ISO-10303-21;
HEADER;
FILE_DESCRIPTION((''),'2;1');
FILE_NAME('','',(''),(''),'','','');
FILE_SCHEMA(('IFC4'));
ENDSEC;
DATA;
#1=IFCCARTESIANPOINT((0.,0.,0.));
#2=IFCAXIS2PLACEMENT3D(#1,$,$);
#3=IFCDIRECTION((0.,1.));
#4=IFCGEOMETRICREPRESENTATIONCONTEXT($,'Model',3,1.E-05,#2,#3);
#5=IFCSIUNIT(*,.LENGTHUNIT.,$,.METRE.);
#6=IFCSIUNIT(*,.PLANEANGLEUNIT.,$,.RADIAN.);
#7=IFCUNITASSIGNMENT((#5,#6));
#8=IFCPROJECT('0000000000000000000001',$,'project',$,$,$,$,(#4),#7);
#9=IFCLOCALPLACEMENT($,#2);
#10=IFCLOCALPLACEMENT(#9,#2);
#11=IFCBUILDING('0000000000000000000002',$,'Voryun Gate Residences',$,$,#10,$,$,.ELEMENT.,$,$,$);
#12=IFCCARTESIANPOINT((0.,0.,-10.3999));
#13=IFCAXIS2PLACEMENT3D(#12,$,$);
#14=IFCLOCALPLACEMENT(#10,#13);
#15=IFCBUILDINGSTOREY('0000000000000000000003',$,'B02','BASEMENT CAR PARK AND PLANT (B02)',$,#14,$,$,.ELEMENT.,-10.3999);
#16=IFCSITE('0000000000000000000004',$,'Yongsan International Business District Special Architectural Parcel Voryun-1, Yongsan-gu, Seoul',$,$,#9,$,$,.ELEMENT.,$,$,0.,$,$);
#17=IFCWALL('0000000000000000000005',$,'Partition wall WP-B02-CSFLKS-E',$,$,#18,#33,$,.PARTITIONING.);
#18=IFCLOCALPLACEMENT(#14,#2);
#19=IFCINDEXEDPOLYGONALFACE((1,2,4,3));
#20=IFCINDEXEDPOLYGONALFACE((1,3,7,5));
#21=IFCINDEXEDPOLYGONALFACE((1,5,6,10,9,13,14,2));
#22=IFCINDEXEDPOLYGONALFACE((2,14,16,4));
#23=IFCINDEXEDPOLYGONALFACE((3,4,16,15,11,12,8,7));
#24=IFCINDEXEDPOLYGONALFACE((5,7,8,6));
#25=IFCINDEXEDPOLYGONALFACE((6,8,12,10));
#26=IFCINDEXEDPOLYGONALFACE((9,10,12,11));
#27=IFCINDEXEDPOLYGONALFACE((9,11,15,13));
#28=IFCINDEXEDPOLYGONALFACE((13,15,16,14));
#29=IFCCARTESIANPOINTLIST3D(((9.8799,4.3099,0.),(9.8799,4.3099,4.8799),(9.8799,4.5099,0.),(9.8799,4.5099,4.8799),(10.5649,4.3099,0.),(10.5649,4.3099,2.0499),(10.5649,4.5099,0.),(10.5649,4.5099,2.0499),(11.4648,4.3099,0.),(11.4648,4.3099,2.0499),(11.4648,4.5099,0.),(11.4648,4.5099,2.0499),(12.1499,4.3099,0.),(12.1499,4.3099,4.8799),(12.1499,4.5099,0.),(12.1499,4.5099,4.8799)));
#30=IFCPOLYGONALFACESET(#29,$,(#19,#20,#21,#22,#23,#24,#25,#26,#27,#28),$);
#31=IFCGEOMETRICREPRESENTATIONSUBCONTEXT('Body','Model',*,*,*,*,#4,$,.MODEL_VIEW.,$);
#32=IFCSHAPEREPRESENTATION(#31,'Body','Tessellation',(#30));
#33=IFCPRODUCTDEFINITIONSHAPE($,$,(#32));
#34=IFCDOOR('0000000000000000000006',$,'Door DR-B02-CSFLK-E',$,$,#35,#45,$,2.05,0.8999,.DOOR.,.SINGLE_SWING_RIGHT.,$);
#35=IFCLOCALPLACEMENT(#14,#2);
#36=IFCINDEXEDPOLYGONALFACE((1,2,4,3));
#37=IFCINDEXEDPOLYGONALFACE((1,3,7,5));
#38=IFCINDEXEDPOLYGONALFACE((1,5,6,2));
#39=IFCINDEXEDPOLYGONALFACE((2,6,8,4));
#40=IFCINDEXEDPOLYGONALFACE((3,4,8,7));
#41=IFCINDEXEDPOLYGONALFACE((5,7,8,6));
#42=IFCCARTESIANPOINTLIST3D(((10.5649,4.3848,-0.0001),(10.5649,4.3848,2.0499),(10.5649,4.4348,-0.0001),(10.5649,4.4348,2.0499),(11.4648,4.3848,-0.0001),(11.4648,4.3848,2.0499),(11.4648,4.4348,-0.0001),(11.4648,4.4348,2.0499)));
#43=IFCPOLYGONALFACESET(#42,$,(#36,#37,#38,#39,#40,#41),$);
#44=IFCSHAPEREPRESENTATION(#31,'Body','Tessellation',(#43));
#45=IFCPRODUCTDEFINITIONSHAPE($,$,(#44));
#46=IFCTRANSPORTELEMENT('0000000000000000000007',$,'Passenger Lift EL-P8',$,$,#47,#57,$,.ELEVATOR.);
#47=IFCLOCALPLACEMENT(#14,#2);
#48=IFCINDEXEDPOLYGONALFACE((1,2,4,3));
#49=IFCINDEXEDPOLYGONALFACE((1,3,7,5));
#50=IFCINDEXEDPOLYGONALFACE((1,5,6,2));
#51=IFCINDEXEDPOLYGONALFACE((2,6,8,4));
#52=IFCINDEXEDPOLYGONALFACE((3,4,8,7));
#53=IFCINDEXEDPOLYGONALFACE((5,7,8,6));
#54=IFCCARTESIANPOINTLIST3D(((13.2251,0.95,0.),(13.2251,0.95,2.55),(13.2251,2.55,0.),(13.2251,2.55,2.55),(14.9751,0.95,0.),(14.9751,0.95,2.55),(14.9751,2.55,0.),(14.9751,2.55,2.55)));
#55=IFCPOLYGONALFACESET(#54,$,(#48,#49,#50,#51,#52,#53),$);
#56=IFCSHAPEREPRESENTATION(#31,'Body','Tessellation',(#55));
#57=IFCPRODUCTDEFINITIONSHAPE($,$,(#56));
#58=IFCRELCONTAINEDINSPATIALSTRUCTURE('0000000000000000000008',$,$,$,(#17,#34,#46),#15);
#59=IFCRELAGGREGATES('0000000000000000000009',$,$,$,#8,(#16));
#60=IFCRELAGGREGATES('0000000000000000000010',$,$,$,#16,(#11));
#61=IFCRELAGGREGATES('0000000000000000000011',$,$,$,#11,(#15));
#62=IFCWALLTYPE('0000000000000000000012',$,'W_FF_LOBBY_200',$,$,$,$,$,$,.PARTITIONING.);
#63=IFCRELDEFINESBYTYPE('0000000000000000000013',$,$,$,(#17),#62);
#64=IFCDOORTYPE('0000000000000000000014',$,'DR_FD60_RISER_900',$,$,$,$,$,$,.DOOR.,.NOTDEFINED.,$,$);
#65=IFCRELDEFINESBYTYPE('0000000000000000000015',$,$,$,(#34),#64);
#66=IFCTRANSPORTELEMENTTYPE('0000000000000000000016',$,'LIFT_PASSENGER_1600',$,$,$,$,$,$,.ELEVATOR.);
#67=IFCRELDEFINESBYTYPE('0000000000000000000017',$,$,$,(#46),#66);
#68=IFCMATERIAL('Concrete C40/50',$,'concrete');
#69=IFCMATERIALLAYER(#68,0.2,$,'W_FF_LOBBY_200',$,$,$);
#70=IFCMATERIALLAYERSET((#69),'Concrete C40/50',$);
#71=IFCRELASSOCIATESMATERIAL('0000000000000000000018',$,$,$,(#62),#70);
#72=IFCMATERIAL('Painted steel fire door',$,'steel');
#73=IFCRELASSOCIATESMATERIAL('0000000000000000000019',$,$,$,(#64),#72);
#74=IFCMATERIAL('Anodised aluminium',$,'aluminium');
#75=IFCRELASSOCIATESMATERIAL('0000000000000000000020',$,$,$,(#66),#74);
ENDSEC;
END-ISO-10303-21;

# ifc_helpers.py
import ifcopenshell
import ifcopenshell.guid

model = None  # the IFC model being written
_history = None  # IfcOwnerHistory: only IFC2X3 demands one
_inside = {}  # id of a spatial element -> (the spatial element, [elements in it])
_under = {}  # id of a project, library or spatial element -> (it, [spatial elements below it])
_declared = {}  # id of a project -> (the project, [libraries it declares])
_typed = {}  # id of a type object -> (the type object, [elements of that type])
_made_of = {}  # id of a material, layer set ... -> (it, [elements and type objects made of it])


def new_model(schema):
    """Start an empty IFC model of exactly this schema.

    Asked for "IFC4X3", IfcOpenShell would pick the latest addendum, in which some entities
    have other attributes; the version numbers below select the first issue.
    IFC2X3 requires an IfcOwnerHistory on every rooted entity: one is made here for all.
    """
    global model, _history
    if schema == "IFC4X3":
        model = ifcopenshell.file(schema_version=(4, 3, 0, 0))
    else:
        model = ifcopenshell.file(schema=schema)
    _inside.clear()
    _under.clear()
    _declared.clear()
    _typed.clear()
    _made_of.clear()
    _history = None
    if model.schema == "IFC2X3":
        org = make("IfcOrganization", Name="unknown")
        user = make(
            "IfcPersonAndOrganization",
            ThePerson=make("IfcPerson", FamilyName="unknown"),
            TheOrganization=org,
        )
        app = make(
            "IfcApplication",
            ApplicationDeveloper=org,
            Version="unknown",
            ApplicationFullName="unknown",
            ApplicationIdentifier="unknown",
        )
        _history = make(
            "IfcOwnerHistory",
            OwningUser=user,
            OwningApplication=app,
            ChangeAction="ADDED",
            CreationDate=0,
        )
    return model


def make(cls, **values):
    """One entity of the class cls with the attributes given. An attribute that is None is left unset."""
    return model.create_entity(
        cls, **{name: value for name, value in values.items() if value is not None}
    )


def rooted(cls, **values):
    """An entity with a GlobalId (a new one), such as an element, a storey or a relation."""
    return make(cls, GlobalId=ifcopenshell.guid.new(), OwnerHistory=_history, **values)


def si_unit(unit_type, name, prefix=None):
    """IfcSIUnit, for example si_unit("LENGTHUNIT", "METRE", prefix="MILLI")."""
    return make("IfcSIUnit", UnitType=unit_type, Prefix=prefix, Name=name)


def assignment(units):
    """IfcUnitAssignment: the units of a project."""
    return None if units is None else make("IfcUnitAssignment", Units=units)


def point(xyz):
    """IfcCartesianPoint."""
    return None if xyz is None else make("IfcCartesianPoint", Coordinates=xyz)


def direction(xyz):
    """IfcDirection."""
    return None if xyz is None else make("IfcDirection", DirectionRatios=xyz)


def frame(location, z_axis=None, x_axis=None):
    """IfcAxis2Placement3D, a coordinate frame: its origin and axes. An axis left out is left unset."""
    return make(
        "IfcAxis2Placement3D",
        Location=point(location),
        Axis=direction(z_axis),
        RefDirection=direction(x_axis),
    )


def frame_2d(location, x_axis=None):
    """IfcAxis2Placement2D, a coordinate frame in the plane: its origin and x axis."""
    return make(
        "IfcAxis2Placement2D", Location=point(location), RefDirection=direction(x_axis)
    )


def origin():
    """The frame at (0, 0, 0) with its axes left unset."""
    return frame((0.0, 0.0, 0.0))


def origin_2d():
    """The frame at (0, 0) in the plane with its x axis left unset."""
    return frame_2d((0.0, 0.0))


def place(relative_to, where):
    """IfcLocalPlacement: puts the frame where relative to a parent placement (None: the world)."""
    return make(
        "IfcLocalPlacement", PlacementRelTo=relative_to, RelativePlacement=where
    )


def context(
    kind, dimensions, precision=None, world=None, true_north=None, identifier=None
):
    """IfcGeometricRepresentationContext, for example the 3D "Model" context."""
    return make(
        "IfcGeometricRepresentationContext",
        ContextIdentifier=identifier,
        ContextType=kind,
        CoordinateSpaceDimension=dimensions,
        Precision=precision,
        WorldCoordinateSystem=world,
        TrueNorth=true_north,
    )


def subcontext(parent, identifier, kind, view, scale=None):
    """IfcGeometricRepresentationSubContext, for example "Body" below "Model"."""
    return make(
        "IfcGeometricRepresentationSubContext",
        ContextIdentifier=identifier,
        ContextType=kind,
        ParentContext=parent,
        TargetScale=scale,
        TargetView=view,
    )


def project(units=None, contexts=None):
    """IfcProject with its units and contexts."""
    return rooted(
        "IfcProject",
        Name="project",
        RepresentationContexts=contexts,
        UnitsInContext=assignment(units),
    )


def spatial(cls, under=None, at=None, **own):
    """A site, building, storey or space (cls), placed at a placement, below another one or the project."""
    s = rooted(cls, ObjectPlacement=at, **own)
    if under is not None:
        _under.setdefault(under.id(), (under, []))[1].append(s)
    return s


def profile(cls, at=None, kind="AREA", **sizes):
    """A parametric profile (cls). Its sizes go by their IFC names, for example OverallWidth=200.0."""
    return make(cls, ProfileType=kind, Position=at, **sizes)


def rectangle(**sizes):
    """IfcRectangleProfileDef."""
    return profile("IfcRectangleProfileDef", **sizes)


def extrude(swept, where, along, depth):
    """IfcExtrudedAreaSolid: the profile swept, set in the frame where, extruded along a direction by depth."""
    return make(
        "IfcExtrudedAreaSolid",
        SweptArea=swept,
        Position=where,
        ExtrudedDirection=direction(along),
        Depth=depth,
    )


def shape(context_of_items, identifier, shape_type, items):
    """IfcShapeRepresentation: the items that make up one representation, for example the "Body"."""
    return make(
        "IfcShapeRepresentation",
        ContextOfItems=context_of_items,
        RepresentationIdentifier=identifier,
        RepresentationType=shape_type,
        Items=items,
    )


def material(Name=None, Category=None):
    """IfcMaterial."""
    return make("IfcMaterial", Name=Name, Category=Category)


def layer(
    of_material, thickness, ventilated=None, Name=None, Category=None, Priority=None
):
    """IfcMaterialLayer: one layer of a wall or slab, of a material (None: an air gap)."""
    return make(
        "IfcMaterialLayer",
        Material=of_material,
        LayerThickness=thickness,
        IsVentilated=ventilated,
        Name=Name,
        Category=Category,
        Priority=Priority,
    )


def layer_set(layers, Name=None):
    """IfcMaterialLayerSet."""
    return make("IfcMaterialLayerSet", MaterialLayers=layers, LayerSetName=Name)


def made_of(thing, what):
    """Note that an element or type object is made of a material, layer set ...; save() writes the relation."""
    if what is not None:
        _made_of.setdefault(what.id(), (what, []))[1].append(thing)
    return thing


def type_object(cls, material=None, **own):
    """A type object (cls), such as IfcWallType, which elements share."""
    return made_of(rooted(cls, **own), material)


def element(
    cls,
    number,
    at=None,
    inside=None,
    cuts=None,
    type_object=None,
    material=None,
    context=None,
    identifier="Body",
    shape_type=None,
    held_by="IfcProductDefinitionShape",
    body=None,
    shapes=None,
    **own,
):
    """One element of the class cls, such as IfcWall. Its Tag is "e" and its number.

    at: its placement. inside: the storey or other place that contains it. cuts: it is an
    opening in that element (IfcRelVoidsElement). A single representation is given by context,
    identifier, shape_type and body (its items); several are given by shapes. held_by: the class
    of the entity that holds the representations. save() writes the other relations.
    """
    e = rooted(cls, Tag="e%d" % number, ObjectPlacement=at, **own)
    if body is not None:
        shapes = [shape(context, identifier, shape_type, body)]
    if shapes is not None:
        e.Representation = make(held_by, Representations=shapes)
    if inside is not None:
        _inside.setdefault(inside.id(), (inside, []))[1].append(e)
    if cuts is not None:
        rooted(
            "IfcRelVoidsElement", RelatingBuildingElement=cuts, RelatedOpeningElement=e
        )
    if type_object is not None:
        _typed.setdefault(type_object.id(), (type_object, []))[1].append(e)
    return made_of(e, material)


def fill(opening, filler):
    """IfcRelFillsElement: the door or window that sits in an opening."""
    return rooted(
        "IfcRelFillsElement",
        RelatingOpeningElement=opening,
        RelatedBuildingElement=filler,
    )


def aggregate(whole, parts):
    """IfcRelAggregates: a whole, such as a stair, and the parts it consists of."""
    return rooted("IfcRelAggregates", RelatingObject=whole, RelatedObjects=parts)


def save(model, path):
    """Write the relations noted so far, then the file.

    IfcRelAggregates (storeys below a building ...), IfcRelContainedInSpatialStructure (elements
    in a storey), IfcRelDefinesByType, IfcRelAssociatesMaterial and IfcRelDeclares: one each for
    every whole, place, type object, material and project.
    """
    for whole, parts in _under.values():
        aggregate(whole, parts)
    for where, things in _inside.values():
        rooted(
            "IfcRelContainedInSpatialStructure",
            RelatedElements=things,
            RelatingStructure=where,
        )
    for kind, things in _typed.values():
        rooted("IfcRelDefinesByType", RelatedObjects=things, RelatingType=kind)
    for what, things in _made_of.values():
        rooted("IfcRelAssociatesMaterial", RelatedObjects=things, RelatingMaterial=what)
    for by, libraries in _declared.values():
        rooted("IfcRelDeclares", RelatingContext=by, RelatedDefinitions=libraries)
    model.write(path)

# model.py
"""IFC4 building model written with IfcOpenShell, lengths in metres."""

from ifc_helpers import new_model, si_unit, direction, frame, frame_2d, origin, origin_2d, place, context, subcontext, project, spatial, rectangle, extrude, material, layer, layer_set, type_object, element, fill, save


model = new_model("IFC4")

# Units and contexts
model_context = context("Model", 3, precision=1e-05, world=origin(), true_north=direction((0.0, 1.0)))
body_context = subcontext(model_context, "Body", "Model", "MODEL_VIEW")
ifc_project = project(units=[si_unit("LENGTHUNIT", "METRE"), si_unit("PLANEANGLEUNIT", "RADIAN")], contexts=[model_context])

# Site, building, storey
site_placement = place(None, origin())
site = spatial("IfcSite", under=ifc_project, at=site_placement, Name="Yongsan International Business District Special Architectural Parcel Voryun-1, Yongsan-gu, Seoul", CompositionType="ELEMENT", RefElevation=0.0)
building_placement = place(site_placement, origin())
building = spatial("IfcBuilding", under=site, at=building_placement, Name="Voryun Gate Residences", CompositionType="ELEMENT")
storey_placement = place(building_placement, frame((0.0, 0.0, -10.3999)))
storey = spatial("IfcBuildingStorey", under=building, at=storey_placement, Name="B02", Description="BASEMENT CAR PARK AND PLANT (B02)", CompositionType="ELEMENT", Elevation=-10.3999)

# Shared definitions
ifc_material_1 = material(Name="Concrete C40/50", Category="concrete")
ifc_layer_1 = layer(ifc_material_1, 0.2, Name="W_FF_LOBBY_200")
ifc_layer_set_1 = layer_set([ifc_layer_1], Name="Concrete C40/50")
wall_type_1 = type_object("IfcWallType", Name="W_FF_LOBBY_200", PredefinedType="PARTITIONING", material=ifc_layer_set_1)

# Wall, opening, door
wall_1_placement = place(storey_placement, frame((9.8799, 4.4099, 0.0), z_axis=(0.0, 0.0, 1.0), x_axis=(1.0, 0.0, 0.0)))
wall_1 = element("IfcWall", 1, at=wall_1_placement, inside=storey, type_object=wall_type_1, Name="Partition wall WP-B02-CSFLKS-E", PredefinedType="PARTITIONING", context=body_context, shape_type="SweptSolid", body=[
    extrude(rectangle(XDim=2.27, YDim=0.2, at=frame_2d((1.135, 0.0))), origin(), (0.0, 0.0, 1.0), 4.8799),
])
opening_placement = place(wall_1_placement, frame((0.6851, 0.0, 0.0)))
opening = element("IfcOpeningElement", 2, at=opening_placement, cuts=wall_1, PredefinedType="OPENING", context=body_context, shape_type="SweptSolid", body=[
    extrude(rectangle(XDim=0.8999, YDim=2.05, at=frame_2d((0.45, 1.0249))), frame((0.0, 0.1101, 0.0), z_axis=(0.0, -1.0, 0.0), x_axis=(1.0, 0.0, 0.0)), (0.0, 0.0, 1.0), 0.22),
])
ifc_material_2 = material(Name="Painted steel fire door", Category="steel")
door_type = type_object("IfcDoorType", Name="DR_FD60_RISER_900", OperationType="NOTDEFINED", PredefinedType="DOOR", material=ifc_material_2)
door_placement = place(opening_placement, origin())
door = element("IfcDoor", 3, at=door_placement, inside=storey, type_object=door_type, Name="Door DR-B02-CSFLK-E", OperationType="SINGLE_SWING_RIGHT", OverallHeight=2.05, OverallWidth=0.8999, PredefinedType="DOOR", context=body_context, shape_type="SweptSolid", body=[
    extrude(rectangle(XDim=0.8999, YDim=2.05, at=frame_2d((0.45, 1.0249))), frame((0.0, 0.0249, 0.0), z_axis=(0.0, -1.0, 0.0), x_axis=(1.0, 0.0, 0.0)), (0.0, 0.0, 1.0), 0.05),
])
fill(opening, door)

# Transport element
ifc_material_3 = material(Name="Anodised aluminium", Category="aluminium")
transport_element_type = type_object("IfcTransportElementType", Name="LIFT_PASSENGER_1600", PredefinedType="ELEVATOR", material=ifc_material_3)
transport_element_placement = place(storey_placement, frame((14.1001, 1.75, 0.0), z_axis=(0.0, 0.0, 1.0), x_axis=(1.0, 0.0, 0.0)))
element("IfcTransportElement", 4, at=transport_element_placement, inside=storey, type_object=transport_element_type, Name="Passenger Lift EL-P8", PredefinedType="ELEVATOR", context=body_context, shape_type="SweptSolid", body=[
    extrude(rectangle(XDim=1.75, YDim=1.6001, at=origin_2d()), origin(), (0.0, 0.0, 1.0), 2.55),
])

save(model, "model.ifc")
